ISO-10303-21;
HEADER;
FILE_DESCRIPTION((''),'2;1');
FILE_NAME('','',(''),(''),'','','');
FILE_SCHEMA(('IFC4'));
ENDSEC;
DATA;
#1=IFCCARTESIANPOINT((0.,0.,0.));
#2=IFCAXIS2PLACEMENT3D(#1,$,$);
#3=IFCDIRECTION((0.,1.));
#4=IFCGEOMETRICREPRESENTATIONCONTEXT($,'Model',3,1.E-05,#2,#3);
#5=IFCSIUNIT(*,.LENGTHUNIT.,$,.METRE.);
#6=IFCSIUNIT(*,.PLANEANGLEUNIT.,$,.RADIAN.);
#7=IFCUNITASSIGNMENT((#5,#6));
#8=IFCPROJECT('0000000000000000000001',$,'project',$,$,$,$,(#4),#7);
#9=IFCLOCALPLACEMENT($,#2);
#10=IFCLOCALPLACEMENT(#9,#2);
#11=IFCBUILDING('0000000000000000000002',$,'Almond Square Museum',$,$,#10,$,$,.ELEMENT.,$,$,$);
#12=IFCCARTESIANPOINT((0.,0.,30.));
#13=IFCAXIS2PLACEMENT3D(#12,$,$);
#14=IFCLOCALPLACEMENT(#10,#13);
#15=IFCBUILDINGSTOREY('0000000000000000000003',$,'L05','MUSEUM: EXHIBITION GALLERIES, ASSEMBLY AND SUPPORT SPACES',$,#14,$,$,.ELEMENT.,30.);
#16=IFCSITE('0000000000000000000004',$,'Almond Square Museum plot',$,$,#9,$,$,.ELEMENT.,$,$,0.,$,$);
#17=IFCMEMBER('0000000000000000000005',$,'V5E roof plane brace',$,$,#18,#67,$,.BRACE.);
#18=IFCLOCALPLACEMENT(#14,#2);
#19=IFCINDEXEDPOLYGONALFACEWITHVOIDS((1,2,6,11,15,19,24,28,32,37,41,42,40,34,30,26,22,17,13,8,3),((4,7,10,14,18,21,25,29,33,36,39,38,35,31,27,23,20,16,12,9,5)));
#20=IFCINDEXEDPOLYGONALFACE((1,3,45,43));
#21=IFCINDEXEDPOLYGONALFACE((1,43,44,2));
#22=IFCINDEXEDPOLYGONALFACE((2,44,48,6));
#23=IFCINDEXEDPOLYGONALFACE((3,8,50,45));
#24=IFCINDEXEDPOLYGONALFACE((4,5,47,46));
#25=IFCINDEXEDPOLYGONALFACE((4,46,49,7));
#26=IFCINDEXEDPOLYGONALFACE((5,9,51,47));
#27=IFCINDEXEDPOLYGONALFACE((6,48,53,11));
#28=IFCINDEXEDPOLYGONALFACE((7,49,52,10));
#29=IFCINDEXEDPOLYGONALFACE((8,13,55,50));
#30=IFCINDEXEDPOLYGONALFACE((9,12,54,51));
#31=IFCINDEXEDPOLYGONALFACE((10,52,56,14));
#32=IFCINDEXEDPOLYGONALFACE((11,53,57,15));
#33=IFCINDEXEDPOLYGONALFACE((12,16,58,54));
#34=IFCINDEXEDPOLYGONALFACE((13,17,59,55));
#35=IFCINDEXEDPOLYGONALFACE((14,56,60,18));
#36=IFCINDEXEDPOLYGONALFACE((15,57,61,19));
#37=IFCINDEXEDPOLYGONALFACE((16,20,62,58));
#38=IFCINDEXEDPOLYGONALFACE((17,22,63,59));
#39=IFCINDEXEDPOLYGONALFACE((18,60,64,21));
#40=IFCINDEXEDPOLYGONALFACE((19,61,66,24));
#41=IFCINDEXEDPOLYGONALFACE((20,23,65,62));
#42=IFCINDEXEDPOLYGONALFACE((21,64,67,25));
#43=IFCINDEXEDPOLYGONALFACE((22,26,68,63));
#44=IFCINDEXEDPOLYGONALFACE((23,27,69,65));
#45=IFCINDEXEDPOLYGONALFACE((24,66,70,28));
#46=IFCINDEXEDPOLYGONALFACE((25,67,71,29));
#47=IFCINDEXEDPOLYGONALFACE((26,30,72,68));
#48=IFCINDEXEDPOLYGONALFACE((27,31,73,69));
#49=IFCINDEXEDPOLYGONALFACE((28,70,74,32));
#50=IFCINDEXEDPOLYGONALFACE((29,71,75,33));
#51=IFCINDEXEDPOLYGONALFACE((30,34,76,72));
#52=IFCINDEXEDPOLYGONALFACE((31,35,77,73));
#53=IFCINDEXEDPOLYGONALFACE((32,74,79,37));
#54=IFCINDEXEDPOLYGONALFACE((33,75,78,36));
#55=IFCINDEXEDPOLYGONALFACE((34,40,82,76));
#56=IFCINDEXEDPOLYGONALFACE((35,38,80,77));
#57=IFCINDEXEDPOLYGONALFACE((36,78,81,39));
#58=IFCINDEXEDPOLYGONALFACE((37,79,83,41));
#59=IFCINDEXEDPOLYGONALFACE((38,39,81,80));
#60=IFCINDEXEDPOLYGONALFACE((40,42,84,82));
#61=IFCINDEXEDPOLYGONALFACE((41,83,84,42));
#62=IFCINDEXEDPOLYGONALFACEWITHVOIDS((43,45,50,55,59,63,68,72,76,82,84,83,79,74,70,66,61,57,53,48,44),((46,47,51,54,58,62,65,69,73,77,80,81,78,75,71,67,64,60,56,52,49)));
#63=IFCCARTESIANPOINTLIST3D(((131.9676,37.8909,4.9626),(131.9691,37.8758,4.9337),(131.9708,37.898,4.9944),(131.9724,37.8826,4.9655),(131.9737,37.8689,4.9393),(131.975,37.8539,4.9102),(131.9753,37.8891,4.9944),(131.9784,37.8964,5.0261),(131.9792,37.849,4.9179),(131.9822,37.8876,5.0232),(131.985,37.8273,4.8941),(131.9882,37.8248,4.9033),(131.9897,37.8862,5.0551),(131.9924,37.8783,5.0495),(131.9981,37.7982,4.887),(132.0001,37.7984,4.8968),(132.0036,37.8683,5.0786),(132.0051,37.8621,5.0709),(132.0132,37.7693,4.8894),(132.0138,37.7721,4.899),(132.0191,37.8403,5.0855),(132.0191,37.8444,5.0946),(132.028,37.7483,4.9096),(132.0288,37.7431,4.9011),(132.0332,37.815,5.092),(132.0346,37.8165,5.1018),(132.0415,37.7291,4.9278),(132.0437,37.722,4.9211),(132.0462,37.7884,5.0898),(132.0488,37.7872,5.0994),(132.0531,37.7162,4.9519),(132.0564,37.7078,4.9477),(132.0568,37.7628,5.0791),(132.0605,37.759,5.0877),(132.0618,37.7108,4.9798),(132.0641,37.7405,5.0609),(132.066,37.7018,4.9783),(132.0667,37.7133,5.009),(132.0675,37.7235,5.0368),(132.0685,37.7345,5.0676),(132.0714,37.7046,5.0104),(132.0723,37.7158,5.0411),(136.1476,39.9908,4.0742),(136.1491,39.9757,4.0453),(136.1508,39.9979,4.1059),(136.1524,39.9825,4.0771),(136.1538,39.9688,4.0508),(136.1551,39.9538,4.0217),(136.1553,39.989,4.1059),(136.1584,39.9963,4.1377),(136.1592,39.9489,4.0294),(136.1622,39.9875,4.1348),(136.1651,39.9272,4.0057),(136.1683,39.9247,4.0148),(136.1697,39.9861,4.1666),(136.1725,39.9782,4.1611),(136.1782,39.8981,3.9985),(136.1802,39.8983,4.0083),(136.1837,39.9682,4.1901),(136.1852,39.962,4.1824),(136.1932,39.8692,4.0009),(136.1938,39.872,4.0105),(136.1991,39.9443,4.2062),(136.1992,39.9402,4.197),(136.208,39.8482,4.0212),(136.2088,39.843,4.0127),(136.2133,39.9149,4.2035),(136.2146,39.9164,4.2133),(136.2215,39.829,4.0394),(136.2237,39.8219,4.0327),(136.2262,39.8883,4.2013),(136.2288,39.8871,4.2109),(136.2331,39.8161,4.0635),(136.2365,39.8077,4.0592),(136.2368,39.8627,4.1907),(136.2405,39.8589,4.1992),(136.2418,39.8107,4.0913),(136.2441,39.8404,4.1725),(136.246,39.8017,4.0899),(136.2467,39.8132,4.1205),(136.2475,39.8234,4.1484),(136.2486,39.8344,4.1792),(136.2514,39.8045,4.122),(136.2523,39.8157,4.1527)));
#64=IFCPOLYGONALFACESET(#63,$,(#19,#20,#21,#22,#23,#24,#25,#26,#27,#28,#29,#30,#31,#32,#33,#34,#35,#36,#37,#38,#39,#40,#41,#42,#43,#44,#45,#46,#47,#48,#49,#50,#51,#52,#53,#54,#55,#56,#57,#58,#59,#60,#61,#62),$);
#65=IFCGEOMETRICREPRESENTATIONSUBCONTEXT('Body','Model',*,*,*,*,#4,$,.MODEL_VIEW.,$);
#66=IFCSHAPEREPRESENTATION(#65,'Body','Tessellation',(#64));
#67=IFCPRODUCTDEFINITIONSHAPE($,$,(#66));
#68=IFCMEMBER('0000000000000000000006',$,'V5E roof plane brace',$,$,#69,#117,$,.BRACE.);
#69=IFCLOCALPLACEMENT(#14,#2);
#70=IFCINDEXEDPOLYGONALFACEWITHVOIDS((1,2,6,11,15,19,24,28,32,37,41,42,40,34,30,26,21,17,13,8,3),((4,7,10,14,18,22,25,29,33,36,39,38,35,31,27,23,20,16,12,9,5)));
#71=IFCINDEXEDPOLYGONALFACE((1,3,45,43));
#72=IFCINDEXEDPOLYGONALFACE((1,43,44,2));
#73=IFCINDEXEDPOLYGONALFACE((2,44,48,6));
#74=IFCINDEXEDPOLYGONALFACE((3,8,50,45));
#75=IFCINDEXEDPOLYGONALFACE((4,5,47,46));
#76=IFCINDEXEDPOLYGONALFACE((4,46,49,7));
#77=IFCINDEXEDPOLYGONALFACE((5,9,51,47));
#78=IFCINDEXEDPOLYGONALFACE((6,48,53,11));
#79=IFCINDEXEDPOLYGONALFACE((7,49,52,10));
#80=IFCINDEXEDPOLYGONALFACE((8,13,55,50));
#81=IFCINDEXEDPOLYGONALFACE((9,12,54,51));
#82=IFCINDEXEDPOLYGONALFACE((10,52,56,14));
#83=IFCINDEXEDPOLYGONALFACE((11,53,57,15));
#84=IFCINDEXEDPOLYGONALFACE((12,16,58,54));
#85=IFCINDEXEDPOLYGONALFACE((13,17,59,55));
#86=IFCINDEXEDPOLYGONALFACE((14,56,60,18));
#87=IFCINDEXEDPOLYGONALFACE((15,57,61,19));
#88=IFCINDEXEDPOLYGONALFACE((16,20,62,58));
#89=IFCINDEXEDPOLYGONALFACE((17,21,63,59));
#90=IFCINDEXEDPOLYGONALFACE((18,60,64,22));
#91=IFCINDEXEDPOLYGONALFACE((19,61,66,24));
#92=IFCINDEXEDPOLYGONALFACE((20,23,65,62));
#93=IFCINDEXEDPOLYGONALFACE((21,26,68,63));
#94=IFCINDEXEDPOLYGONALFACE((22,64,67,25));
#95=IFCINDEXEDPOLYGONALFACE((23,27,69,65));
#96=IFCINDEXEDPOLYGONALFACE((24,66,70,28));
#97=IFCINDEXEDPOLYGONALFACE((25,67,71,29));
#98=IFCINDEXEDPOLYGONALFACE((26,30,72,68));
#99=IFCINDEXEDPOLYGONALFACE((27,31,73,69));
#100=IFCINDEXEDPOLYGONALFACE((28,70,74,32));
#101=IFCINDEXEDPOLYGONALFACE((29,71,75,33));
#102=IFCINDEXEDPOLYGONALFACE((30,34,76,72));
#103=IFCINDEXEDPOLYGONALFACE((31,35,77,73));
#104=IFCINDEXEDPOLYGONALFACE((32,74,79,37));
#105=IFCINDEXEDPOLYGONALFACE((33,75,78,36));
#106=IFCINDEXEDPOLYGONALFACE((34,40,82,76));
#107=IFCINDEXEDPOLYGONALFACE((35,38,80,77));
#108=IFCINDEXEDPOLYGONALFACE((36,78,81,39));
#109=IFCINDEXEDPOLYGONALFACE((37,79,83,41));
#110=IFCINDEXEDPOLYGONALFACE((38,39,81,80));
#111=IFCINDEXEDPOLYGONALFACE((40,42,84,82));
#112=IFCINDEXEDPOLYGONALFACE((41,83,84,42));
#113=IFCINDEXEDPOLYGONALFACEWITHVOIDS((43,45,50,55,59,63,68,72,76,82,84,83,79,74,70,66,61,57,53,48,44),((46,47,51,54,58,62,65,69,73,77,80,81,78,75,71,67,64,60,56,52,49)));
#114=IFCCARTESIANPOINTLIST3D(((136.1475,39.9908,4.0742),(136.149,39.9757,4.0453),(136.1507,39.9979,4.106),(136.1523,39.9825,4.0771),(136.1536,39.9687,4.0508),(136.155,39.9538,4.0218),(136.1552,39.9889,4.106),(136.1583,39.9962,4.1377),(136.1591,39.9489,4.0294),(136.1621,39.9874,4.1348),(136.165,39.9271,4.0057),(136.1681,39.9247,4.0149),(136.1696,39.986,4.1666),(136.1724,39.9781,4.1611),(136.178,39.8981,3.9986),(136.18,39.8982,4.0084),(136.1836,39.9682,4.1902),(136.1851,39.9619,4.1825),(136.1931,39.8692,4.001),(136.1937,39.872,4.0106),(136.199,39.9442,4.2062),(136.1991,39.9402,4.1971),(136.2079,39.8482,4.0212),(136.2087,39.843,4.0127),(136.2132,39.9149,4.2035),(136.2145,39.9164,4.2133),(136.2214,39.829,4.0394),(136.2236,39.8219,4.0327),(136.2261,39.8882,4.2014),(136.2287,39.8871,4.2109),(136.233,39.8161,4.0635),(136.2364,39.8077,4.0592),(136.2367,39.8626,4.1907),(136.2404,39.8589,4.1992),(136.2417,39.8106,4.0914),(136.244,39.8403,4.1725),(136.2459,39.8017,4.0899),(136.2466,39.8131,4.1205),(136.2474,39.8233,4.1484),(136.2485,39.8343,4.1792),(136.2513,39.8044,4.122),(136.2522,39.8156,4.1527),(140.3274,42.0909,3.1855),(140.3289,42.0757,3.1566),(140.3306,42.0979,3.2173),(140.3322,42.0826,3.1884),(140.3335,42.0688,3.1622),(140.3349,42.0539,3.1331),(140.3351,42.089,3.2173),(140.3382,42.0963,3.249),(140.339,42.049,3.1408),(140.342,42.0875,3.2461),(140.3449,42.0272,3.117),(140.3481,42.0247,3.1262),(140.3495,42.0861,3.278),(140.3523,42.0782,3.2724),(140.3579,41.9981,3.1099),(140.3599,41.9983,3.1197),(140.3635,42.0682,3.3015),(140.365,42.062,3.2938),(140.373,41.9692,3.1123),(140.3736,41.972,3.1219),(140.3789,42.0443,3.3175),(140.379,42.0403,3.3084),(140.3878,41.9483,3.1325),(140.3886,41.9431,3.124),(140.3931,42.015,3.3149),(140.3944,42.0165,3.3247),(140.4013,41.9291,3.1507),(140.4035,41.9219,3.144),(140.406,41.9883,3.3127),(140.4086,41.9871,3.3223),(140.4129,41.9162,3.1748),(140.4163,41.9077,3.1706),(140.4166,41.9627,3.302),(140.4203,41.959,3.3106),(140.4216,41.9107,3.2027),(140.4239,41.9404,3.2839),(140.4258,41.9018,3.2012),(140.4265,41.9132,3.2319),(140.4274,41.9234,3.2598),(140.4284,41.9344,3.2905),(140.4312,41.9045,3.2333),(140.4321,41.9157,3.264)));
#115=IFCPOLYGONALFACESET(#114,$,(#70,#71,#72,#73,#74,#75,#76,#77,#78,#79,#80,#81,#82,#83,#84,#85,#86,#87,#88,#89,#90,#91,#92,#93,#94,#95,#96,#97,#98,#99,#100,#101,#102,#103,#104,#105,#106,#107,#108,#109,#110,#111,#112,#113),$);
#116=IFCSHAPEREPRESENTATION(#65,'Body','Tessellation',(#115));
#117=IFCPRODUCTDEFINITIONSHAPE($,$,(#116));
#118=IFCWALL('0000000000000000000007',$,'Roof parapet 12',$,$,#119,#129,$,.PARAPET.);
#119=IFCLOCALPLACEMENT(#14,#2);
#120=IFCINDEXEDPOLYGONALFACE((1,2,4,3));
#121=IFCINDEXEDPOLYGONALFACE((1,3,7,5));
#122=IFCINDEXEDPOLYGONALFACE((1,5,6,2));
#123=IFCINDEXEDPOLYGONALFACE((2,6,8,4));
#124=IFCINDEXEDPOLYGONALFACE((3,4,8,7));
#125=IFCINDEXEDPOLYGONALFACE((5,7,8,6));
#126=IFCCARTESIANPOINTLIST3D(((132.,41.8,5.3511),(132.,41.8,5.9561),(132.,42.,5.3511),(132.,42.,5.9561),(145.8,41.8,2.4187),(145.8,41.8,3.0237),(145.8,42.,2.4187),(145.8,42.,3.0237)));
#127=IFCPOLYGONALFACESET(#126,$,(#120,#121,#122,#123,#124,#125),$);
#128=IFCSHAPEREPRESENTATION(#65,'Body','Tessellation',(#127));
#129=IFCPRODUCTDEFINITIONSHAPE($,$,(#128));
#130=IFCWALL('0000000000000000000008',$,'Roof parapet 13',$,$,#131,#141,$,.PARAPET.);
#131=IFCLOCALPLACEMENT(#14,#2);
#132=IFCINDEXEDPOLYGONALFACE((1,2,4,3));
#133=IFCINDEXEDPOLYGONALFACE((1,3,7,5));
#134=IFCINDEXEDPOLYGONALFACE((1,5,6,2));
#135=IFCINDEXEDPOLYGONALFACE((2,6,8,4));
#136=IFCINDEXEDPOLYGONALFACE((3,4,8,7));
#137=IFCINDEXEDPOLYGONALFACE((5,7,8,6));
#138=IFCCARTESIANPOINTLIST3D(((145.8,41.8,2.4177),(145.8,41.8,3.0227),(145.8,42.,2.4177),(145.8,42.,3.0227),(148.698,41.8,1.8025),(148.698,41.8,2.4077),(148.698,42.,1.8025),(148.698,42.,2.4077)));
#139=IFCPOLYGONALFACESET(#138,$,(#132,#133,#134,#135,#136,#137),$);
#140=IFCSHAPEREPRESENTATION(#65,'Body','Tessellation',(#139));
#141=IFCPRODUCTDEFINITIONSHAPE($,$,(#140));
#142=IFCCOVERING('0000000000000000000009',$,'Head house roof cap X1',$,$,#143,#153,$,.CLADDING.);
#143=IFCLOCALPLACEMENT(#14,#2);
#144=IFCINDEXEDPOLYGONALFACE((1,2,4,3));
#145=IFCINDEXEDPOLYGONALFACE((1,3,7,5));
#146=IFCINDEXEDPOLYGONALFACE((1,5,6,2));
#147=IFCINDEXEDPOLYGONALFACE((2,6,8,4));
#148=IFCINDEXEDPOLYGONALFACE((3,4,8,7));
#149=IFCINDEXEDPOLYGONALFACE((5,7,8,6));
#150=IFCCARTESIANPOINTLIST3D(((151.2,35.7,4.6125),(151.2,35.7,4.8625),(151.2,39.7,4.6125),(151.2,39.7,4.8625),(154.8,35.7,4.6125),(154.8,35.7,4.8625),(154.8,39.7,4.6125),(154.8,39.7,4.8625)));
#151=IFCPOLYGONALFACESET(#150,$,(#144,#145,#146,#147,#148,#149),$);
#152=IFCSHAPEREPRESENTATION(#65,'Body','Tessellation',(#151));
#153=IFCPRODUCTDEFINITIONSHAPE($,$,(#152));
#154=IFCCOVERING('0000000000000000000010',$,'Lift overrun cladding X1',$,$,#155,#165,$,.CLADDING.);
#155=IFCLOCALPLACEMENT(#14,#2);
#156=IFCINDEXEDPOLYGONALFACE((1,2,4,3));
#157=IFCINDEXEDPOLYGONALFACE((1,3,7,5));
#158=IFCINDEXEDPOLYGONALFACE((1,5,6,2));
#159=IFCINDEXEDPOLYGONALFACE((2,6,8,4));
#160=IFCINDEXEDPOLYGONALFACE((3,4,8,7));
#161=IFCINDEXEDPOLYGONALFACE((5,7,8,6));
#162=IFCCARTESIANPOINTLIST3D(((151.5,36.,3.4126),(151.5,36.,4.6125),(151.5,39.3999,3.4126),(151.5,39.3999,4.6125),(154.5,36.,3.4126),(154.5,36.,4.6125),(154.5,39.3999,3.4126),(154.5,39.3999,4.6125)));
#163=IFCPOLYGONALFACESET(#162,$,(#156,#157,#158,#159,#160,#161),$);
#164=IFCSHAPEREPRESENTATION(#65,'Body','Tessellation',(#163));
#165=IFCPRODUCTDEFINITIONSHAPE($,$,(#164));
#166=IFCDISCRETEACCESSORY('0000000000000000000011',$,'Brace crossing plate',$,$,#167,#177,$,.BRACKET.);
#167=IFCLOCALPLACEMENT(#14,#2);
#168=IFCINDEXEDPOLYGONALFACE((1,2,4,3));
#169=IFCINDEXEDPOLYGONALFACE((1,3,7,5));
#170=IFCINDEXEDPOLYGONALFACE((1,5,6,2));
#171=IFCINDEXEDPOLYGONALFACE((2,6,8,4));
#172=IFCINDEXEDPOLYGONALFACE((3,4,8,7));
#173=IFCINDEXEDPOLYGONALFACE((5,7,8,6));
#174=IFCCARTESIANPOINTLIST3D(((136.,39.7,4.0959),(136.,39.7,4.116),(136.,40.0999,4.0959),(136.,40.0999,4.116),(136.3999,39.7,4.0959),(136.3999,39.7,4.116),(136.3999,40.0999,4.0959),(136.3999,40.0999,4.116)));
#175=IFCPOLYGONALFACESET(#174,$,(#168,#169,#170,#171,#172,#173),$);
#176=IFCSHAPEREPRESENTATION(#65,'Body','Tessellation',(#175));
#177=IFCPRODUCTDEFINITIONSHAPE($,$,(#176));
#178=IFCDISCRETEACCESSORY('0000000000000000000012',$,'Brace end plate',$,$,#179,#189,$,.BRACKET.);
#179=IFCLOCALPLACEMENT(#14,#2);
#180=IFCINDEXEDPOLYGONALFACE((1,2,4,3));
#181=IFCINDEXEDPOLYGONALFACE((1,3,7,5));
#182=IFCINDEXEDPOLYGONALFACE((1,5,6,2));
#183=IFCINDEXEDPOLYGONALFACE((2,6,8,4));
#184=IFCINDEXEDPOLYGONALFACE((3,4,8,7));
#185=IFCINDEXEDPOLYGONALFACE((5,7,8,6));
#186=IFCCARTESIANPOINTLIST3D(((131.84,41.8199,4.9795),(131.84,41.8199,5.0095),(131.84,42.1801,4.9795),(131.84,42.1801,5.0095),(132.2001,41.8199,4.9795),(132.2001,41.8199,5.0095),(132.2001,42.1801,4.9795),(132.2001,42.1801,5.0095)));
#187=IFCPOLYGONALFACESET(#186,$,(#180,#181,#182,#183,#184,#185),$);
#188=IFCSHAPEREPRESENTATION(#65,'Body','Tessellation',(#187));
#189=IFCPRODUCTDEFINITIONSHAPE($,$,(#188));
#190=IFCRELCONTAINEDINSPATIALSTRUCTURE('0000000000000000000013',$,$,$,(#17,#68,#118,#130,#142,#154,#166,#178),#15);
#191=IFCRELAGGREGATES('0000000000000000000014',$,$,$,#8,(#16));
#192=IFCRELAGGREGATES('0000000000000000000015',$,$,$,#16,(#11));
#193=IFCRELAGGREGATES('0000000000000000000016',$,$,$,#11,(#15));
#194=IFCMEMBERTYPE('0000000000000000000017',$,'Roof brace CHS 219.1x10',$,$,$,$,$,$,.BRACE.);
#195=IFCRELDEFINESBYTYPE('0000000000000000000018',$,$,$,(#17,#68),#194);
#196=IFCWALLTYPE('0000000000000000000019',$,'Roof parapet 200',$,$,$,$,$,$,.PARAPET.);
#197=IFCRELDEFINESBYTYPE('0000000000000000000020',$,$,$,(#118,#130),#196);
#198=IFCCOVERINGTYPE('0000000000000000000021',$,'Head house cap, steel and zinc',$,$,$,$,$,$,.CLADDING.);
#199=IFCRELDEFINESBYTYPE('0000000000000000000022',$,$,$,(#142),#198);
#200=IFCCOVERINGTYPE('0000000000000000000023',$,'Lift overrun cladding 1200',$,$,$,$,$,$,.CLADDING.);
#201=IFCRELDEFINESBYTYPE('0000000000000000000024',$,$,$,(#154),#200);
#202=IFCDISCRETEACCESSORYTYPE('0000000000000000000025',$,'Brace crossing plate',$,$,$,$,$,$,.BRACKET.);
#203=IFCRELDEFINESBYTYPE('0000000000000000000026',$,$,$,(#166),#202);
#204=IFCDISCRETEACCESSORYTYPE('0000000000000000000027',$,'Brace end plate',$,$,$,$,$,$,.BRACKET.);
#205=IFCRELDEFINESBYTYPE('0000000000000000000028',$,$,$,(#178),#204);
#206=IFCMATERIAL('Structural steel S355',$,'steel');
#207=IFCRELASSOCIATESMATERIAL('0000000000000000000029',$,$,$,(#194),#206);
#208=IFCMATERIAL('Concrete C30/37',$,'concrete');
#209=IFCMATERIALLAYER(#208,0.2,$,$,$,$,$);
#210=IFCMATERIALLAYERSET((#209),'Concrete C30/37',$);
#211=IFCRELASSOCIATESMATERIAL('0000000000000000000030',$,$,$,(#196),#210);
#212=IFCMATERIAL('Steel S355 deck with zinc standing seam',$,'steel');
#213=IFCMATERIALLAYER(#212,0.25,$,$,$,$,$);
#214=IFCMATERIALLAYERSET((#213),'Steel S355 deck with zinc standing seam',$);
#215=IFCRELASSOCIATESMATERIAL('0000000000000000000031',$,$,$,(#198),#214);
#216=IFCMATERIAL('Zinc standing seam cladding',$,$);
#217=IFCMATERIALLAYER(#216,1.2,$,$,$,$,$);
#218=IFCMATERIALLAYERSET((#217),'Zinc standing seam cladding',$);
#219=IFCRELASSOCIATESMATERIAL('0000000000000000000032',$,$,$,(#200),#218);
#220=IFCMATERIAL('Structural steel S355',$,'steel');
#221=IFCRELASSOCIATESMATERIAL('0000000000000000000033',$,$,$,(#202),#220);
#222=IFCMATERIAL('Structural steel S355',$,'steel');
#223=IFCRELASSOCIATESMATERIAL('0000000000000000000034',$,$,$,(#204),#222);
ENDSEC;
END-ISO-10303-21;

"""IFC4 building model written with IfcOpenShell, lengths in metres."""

from ifc_helpers import new_model, si_unit, direction, frame, origin, origin_2d, place, context, subcontext, project, spatial, polyline, rectangle, hollow_circle, outline, extrude, material, layer, layer_set, material_profile, profile_set, type_object, element, save


model = new_model("IFC4")

# Units and contexts
model_context = context("Model", 3, precision=1e-05, world=origin(), true_north=direction((0.0, 1.0)))
body_context = subcontext(model_context, "Body", "Model", "MODEL_VIEW")
ifc_project = project(units=[si_unit("LENGTHUNIT", "METRE"), si_unit("PLANEANGLEUNIT", "RADIAN")], contexts=[model_context])

# Site, building, storey
site_placement = place(None, origin())
site = spatial("IfcSite", under=ifc_project, at=site_placement, Name="Almond Square Museum plot", CompositionType="ELEMENT", RefElevation=0.0)
building_placement = place(site_placement, origin())
building = spatial("IfcBuilding", under=site, at=building_placement, Name="Almond Square Museum", CompositionType="ELEMENT")
storey_placement = place(building_placement, frame((0.0, 0.0, 30.0)))
storey = spatial("IfcBuildingStorey", under=building, at=storey_placement, Name="L05", Description="MUSEUM: EXHIBITION GALLERIES, ASSEMBLY AND SUPPORT SPACES", CompositionType="ELEMENT", Elevation=30.0)

# Members
ifc_material_1 = material(Name="Structural steel S355", Category="steel")
ifc_material_profile_1 = material_profile(ifc_material_1, hollow_circle(Radius=0.1096, WallThickness=0.01, at=origin_2d()))
ifc_profile_set_1 = profile_set([ifc_material_profile_1], Name="Structural steel S355")
member_type_1 = type_object("IfcMemberType", Name="Roof brace CHS 219.1x10", PredefinedType="BRACE", material=ifc_profile_set_1)
for number, where, z_axis, x_axis, name in (
    (1, (132.02, 37.8, 4.9944), (0.877887, 0.44102, -0.186591), (-0.448904, 0.89358, 0.0), "V5E roof plane brace"),
    (2, (136.2, 39.8999, 4.106), (0.877858, 0.441057, -0.186637), (-0.448945, 0.893559, 0.0), "V5E roof plane brace"),
):
    element("IfcMember", number, at=place(storey_placement, frame(where, z_axis=z_axis, x_axis=x_axis)), inside=storey, type_object=member_type_1, Name=name, PredefinedType="BRACE", context=body_context, shape_type="SweptSolid", body=[
        extrude(hollow_circle(Radius=0.1096, WallThickness=0.01, at=origin_2d()), origin(), (0.0, 0.0, 1.0), 4.7615),
    ])

# Walls
ifc_material_2 = material(Name="Concrete C30/37", Category="concrete")
ifc_layer_1 = layer(ifc_material_2, 0.2)
ifc_layer_set_1 = layer_set([ifc_layer_1], Name="Concrete C30/37")
wall_type = type_object("IfcWallType", Name="Roof parapet 200", PredefinedType="PARAPET", material=ifc_layer_set_1)
wall_1_placement = place(storey_placement, frame((132.0, 41.8999, 2.4185), z_axis=(0.0, 0.0, 1.0), x_axis=(1.0, 0.0, 0.0)))
element("IfcWall", 3, at=wall_1_placement, inside=storey, type_object=wall_type, Name="Roof parapet 12", PredefinedType="PARAPET", context=body_context, shape_type="SweptSolid", body=[
    extrude(outline(polyline([(0.0, 2.9326), (13.8, 0.0002), (13.8, 0.6052), (0.0, 3.5376), (0.0, 2.9326)])), frame((0.0, 0.1001, 0.0), z_axis=(0.0, -1.0, 0.0), x_axis=(1.0, 0.0, 0.0)), (0.0, 0.0, 1.0), 0.2),
])
wall_2_placement = place(storey_placement, frame((145.8, 41.8999, 1.8025), z_axis=(0.0, 0.0, 1.0), x_axis=(1.0, 0.0, 0.0)))
element("IfcWall", 4, at=wall_2_placement, inside=storey, type_object=wall_type, Name="Roof parapet 13", PredefinedType="PARAPET", context=body_context, shape_type="SweptSolid", body=[
    extrude(outline(polyline([(0.0, 0.6152), (2.8979, 0.0), (2.8979, 0.6052), (0.0, 1.2202), (0.0, 0.6152)])), frame((0.0, 0.1001, 0.0), z_axis=(0.0, -1.0, 0.0), x_axis=(1.0, 0.0, 0.0)), (0.0, 0.0, 1.0), 0.2),
])

# Coverings
ifc_material_3 = material(Name="Steel S355 deck with zinc standing seam", Category="steel")
ifc_layer_2 = layer(ifc_material_3, 0.25)
ifc_layer_set_2 = layer_set([ifc_layer_2], Name="Steel S355 deck with zinc standing seam")
covering_type_1 = type_object("IfcCoveringType", Name="Head house cap, steel and zinc", PredefinedType="CLADDING", material=ifc_layer_set_2)
covering_1_placement = place(storey_placement, frame((153.0, 37.7, 4.6125), z_axis=(0.0, 0.0, 1.0), x_axis=(1.0, 0.0, 0.0)))
element("IfcCovering", 5, at=covering_1_placement, inside=storey, type_object=covering_type_1, Name="Head house roof cap X1", PredefinedType="CLADDING", context=body_context, shape_type="SweptSolid", body=[
    extrude(rectangle(XDim=3.6001, YDim=4.0, at=origin_2d()), origin(), (0.0, 0.0, 1.0), 0.25),
])
ifc_material_4 = material(Name="Zinc standing seam cladding")
ifc_layer_3 = layer(ifc_material_4, 1.2)
ifc_layer_set_3 = layer_set([ifc_layer_3], Name="Zinc standing seam cladding")
covering_type_2 = type_object("IfcCoveringType", Name="Lift overrun cladding 1200", PredefinedType="CLADDING", material=ifc_layer_set_3)
covering_2_placement = place(storey_placement, frame((153.0, 37.7, 3.4126), z_axis=(0.0, 0.0, 1.0), x_axis=(1.0, 0.0, 0.0)))
element("IfcCovering", 6, at=covering_2_placement, inside=storey, type_object=covering_type_2, Name="Lift overrun cladding X1", PredefinedType="CLADDING", context=body_context, shape_type="SweptSolid", body=[
    extrude(rectangle(XDim=3.0, YDim=3.3999, at=origin_2d()), origin(), (0.0, 0.0, 1.0), 1.2),
])

# Discrete accessories
ifc_material_5 = material(Name="Structural steel S355", Category="steel")
discrete_accessory_type_1 = type_object("IfcDiscreteAccessoryType", Name="Brace crossing plate", PredefinedType="BRACKET", material=ifc_material_5)
discrete_accessory_placement = place(storey_placement, frame((136.2, 39.8999, 4.0959), z_axis=(0.0, 0.0, 1.0), x_axis=(1.0, 0.0, 0.0)))
element("IfcDiscreteAccessory", 7, at=discrete_accessory_placement, inside=storey, type_object=discrete_accessory_type_1, Name="Brace crossing plate", PredefinedType="BRACKET", context=body_context, shape_type="SweptSolid", body=[
    extrude(rectangle(XDim=0.3999, YDim=0.3999, at=origin_2d()), origin(), (0.0, 0.0, 1.0), 0.02),
])
ifc_material_6 = material(Name="Structural steel S355", Category="steel")
discrete_accessory_type_2 = type_object("IfcDiscreteAccessoryType", Name="Brace end plate", PredefinedType="BRACKET", material=ifc_material_6)
for number, where, z_axis, x_axis, name in (
    (8, (132.02, 42.0, 4.9795), (0.0, 0.0, 1.0), (1.0, 0.0, 0.0), "Brace end plate"),
):
    element("IfcDiscreteAccessory", number, at=place(storey_placement, frame(where, z_axis=z_axis, x_axis=x_axis)), inside=storey, type_object=discrete_accessory_type_2, Name=name, PredefinedType="BRACKET", context=body_context, shape_type="SweptSolid", body=[
        extrude(rectangle(XDim=0.3601, YDim=0.3601, at=origin_2d()), origin(), (0.0, 0.0, 1.0), 0.03),
    ])

save(model, "model.ifc")
